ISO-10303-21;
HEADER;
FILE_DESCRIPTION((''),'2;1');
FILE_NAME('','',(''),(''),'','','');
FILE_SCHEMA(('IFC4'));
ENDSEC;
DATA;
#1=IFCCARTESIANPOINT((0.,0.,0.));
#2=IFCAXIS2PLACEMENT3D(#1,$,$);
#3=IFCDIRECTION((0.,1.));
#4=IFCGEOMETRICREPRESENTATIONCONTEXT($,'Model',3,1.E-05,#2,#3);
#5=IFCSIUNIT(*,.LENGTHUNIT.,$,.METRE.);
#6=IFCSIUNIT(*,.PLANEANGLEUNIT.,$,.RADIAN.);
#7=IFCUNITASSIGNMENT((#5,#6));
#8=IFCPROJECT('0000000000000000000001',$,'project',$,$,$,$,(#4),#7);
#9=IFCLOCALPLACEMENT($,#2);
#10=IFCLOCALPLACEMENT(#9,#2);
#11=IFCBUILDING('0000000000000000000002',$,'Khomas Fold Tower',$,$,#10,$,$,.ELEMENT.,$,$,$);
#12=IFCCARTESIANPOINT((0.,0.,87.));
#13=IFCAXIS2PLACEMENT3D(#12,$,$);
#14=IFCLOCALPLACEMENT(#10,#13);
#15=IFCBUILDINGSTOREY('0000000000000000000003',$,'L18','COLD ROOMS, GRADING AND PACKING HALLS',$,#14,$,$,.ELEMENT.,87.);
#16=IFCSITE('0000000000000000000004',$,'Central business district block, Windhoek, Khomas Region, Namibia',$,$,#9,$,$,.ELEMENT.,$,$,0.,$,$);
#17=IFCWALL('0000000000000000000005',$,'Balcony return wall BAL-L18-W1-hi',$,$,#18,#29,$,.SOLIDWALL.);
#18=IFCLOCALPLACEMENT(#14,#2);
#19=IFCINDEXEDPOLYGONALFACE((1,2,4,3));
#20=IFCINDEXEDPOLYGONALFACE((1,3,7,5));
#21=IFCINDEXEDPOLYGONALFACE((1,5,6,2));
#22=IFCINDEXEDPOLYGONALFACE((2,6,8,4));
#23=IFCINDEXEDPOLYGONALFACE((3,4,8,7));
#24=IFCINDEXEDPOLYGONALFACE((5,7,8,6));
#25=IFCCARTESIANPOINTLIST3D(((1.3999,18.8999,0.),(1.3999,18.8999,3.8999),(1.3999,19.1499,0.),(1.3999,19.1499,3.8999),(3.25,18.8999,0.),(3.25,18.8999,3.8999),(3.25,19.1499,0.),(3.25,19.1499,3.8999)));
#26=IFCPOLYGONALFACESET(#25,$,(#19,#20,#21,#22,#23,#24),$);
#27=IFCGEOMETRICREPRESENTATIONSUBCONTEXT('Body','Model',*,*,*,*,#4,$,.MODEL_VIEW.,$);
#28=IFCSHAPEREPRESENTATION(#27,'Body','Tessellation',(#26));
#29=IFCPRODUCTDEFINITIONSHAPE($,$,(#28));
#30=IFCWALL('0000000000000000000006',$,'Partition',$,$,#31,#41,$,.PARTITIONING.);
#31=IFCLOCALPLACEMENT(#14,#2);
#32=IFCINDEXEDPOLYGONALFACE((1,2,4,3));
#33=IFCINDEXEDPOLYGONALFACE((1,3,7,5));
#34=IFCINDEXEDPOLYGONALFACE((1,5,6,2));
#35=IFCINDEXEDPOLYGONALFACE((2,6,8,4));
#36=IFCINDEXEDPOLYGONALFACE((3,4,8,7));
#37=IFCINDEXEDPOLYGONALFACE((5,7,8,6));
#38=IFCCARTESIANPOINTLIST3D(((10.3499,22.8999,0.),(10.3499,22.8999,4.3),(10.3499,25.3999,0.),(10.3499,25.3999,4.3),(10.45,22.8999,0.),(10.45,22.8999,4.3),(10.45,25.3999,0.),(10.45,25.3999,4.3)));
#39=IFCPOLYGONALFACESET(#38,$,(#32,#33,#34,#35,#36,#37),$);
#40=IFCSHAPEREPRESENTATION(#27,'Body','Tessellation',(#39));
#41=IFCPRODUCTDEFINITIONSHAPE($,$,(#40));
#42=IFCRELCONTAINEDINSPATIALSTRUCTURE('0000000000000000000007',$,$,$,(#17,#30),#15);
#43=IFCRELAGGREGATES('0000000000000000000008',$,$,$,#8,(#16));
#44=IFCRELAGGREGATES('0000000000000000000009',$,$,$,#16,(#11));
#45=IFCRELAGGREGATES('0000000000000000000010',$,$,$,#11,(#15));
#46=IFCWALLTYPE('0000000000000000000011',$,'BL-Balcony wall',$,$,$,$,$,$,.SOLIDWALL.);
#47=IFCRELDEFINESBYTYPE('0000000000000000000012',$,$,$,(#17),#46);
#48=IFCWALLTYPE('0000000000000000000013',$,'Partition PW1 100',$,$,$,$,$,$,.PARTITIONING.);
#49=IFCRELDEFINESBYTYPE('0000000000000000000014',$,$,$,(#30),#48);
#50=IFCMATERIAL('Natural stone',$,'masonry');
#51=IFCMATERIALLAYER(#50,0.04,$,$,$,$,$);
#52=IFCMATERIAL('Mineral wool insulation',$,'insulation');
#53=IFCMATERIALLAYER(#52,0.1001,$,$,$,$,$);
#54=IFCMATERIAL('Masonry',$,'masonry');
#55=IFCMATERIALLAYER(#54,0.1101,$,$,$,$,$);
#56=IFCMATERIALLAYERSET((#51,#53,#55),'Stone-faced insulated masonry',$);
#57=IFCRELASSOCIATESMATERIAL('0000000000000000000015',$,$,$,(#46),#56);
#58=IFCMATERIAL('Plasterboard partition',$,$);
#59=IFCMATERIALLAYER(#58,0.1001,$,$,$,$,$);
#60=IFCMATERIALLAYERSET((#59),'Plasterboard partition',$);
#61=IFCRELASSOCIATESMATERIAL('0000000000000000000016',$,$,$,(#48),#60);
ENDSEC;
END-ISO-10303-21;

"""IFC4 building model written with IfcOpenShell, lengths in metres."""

from ifc_helpers import new_model, si_unit, direction, frame, frame_2d, origin, place, context, subcontext, project, spatial, rectangle, extrude, source, transform, mapped, material, layer, layer_set, type_object, element, save


model = new_model("IFC4")

# Units and contexts
model_context = context("Model", 3, precision=1e-05, world=origin(), true_north=direction((0.0, 1.0)))
body_context = subcontext(model_context, "Body", "Model", "MODEL_VIEW")
ifc_project = project(units=[si_unit("LENGTHUNIT", "METRE"), si_unit("PLANEANGLEUNIT", "RADIAN")], contexts=[model_context])

# Site, building, storey
site_placement = place(None, origin())
site = spatial("IfcSite", under=ifc_project, at=site_placement, Name="Central business district block, Windhoek, Khomas Region, Namibia", CompositionType="ELEMENT", RefElevation=0.0)
building_placement = place(site_placement, origin())
building = spatial("IfcBuilding", under=site, at=building_placement, Name="Khomas Fold Tower", CompositionType="ELEMENT")
storey_placement = place(building_placement, frame((0.0, 0.0, 87.0)))
storey = spatial("IfcBuildingStorey", under=building, at=storey_placement, Name="L18", Description="COLD ROOMS, GRADING AND PACKING HALLS", CompositionType="ELEMENT", Elevation=87.0)

# Walls
ifc_material_1 = material(Name="Natural stone", Category="masonry")
ifc_layer_1 = layer(ifc_material_1, 0.04)
ifc_material_2 = material(Name="Mineral wool insulation", Category="insulation")
ifc_layer_2 = layer(ifc_material_2, 0.1001)
ifc_material_3 = material(Name="Masonry", Category="masonry")
ifc_layer_3 = layer(ifc_material_3, 0.1101)
ifc_layer_set_1 = layer_set([ifc_layer_1, ifc_layer_2, ifc_layer_3], Name="Stone-faced insulated masonry")
wall_type_1 = type_object("IfcWallType", Name="BL-Balcony wall", PredefinedType="SOLIDWALL", material=ifc_layer_set_1)
shared_shape_1 = source(origin(), body_context, "Body", "SweptSolid", [
    extrude(rectangle(XDim=1.8501, YDim=0.25, at=frame_2d((0.925, 0.0))), origin(), (0.0, 0.0, 1.0), 3.8999),
])
wall_1_placement = place(storey_placement, frame((1.3999, 19.0249, 0.0), z_axis=(0.0, 0.0, 1.0), x_axis=(1.0, 0.0, 0.0)))
element("IfcWall", 1, at=wall_1_placement, inside=storey, type_object=wall_type_1, Name="Balcony return wall BAL-L18-W1-hi", PredefinedType="SOLIDWALL", context=body_context, shape_type="MappedRepresentation", body=[
    mapped(shared_shape_1, transform((0.0, 0.0, 0.0))),
])
ifc_material_4 = material(Name="Plasterboard partition")
ifc_layer_4 = layer(ifc_material_4, 0.1001)
ifc_layer_set_2 = layer_set([ifc_layer_4], Name="Plasterboard partition")
wall_type_2 = type_object("IfcWallType", Name="Partition PW1 100", PredefinedType="PARTITIONING", material=ifc_layer_set_2)
shared_shape_2 = source(origin(), body_context, "Body", "SweptSolid", [
    extrude(rectangle(XDim=2.5, YDim=0.1001, at=frame_2d((1.25, 0.0))), origin(), (0.0, 0.0, 1.0), 4.3),
])
wall_2_placement = place(storey_placement, frame((10.3999, 22.8999, 0.0), z_axis=(0.0, 0.0, 1.0), x_axis=(0.0, 1.0, 0.0)))
element("IfcWall", 2, at=wall_2_placement, inside=storey, type_object=wall_type_2, Name="Partition", PredefinedType="PARTITIONING", context=body_context, shape_type="MappedRepresentation", body=[
    mapped(shared_shape_2, transform((0.0, 0.0, 0.0))),
])

save(model, "model.ifc")
